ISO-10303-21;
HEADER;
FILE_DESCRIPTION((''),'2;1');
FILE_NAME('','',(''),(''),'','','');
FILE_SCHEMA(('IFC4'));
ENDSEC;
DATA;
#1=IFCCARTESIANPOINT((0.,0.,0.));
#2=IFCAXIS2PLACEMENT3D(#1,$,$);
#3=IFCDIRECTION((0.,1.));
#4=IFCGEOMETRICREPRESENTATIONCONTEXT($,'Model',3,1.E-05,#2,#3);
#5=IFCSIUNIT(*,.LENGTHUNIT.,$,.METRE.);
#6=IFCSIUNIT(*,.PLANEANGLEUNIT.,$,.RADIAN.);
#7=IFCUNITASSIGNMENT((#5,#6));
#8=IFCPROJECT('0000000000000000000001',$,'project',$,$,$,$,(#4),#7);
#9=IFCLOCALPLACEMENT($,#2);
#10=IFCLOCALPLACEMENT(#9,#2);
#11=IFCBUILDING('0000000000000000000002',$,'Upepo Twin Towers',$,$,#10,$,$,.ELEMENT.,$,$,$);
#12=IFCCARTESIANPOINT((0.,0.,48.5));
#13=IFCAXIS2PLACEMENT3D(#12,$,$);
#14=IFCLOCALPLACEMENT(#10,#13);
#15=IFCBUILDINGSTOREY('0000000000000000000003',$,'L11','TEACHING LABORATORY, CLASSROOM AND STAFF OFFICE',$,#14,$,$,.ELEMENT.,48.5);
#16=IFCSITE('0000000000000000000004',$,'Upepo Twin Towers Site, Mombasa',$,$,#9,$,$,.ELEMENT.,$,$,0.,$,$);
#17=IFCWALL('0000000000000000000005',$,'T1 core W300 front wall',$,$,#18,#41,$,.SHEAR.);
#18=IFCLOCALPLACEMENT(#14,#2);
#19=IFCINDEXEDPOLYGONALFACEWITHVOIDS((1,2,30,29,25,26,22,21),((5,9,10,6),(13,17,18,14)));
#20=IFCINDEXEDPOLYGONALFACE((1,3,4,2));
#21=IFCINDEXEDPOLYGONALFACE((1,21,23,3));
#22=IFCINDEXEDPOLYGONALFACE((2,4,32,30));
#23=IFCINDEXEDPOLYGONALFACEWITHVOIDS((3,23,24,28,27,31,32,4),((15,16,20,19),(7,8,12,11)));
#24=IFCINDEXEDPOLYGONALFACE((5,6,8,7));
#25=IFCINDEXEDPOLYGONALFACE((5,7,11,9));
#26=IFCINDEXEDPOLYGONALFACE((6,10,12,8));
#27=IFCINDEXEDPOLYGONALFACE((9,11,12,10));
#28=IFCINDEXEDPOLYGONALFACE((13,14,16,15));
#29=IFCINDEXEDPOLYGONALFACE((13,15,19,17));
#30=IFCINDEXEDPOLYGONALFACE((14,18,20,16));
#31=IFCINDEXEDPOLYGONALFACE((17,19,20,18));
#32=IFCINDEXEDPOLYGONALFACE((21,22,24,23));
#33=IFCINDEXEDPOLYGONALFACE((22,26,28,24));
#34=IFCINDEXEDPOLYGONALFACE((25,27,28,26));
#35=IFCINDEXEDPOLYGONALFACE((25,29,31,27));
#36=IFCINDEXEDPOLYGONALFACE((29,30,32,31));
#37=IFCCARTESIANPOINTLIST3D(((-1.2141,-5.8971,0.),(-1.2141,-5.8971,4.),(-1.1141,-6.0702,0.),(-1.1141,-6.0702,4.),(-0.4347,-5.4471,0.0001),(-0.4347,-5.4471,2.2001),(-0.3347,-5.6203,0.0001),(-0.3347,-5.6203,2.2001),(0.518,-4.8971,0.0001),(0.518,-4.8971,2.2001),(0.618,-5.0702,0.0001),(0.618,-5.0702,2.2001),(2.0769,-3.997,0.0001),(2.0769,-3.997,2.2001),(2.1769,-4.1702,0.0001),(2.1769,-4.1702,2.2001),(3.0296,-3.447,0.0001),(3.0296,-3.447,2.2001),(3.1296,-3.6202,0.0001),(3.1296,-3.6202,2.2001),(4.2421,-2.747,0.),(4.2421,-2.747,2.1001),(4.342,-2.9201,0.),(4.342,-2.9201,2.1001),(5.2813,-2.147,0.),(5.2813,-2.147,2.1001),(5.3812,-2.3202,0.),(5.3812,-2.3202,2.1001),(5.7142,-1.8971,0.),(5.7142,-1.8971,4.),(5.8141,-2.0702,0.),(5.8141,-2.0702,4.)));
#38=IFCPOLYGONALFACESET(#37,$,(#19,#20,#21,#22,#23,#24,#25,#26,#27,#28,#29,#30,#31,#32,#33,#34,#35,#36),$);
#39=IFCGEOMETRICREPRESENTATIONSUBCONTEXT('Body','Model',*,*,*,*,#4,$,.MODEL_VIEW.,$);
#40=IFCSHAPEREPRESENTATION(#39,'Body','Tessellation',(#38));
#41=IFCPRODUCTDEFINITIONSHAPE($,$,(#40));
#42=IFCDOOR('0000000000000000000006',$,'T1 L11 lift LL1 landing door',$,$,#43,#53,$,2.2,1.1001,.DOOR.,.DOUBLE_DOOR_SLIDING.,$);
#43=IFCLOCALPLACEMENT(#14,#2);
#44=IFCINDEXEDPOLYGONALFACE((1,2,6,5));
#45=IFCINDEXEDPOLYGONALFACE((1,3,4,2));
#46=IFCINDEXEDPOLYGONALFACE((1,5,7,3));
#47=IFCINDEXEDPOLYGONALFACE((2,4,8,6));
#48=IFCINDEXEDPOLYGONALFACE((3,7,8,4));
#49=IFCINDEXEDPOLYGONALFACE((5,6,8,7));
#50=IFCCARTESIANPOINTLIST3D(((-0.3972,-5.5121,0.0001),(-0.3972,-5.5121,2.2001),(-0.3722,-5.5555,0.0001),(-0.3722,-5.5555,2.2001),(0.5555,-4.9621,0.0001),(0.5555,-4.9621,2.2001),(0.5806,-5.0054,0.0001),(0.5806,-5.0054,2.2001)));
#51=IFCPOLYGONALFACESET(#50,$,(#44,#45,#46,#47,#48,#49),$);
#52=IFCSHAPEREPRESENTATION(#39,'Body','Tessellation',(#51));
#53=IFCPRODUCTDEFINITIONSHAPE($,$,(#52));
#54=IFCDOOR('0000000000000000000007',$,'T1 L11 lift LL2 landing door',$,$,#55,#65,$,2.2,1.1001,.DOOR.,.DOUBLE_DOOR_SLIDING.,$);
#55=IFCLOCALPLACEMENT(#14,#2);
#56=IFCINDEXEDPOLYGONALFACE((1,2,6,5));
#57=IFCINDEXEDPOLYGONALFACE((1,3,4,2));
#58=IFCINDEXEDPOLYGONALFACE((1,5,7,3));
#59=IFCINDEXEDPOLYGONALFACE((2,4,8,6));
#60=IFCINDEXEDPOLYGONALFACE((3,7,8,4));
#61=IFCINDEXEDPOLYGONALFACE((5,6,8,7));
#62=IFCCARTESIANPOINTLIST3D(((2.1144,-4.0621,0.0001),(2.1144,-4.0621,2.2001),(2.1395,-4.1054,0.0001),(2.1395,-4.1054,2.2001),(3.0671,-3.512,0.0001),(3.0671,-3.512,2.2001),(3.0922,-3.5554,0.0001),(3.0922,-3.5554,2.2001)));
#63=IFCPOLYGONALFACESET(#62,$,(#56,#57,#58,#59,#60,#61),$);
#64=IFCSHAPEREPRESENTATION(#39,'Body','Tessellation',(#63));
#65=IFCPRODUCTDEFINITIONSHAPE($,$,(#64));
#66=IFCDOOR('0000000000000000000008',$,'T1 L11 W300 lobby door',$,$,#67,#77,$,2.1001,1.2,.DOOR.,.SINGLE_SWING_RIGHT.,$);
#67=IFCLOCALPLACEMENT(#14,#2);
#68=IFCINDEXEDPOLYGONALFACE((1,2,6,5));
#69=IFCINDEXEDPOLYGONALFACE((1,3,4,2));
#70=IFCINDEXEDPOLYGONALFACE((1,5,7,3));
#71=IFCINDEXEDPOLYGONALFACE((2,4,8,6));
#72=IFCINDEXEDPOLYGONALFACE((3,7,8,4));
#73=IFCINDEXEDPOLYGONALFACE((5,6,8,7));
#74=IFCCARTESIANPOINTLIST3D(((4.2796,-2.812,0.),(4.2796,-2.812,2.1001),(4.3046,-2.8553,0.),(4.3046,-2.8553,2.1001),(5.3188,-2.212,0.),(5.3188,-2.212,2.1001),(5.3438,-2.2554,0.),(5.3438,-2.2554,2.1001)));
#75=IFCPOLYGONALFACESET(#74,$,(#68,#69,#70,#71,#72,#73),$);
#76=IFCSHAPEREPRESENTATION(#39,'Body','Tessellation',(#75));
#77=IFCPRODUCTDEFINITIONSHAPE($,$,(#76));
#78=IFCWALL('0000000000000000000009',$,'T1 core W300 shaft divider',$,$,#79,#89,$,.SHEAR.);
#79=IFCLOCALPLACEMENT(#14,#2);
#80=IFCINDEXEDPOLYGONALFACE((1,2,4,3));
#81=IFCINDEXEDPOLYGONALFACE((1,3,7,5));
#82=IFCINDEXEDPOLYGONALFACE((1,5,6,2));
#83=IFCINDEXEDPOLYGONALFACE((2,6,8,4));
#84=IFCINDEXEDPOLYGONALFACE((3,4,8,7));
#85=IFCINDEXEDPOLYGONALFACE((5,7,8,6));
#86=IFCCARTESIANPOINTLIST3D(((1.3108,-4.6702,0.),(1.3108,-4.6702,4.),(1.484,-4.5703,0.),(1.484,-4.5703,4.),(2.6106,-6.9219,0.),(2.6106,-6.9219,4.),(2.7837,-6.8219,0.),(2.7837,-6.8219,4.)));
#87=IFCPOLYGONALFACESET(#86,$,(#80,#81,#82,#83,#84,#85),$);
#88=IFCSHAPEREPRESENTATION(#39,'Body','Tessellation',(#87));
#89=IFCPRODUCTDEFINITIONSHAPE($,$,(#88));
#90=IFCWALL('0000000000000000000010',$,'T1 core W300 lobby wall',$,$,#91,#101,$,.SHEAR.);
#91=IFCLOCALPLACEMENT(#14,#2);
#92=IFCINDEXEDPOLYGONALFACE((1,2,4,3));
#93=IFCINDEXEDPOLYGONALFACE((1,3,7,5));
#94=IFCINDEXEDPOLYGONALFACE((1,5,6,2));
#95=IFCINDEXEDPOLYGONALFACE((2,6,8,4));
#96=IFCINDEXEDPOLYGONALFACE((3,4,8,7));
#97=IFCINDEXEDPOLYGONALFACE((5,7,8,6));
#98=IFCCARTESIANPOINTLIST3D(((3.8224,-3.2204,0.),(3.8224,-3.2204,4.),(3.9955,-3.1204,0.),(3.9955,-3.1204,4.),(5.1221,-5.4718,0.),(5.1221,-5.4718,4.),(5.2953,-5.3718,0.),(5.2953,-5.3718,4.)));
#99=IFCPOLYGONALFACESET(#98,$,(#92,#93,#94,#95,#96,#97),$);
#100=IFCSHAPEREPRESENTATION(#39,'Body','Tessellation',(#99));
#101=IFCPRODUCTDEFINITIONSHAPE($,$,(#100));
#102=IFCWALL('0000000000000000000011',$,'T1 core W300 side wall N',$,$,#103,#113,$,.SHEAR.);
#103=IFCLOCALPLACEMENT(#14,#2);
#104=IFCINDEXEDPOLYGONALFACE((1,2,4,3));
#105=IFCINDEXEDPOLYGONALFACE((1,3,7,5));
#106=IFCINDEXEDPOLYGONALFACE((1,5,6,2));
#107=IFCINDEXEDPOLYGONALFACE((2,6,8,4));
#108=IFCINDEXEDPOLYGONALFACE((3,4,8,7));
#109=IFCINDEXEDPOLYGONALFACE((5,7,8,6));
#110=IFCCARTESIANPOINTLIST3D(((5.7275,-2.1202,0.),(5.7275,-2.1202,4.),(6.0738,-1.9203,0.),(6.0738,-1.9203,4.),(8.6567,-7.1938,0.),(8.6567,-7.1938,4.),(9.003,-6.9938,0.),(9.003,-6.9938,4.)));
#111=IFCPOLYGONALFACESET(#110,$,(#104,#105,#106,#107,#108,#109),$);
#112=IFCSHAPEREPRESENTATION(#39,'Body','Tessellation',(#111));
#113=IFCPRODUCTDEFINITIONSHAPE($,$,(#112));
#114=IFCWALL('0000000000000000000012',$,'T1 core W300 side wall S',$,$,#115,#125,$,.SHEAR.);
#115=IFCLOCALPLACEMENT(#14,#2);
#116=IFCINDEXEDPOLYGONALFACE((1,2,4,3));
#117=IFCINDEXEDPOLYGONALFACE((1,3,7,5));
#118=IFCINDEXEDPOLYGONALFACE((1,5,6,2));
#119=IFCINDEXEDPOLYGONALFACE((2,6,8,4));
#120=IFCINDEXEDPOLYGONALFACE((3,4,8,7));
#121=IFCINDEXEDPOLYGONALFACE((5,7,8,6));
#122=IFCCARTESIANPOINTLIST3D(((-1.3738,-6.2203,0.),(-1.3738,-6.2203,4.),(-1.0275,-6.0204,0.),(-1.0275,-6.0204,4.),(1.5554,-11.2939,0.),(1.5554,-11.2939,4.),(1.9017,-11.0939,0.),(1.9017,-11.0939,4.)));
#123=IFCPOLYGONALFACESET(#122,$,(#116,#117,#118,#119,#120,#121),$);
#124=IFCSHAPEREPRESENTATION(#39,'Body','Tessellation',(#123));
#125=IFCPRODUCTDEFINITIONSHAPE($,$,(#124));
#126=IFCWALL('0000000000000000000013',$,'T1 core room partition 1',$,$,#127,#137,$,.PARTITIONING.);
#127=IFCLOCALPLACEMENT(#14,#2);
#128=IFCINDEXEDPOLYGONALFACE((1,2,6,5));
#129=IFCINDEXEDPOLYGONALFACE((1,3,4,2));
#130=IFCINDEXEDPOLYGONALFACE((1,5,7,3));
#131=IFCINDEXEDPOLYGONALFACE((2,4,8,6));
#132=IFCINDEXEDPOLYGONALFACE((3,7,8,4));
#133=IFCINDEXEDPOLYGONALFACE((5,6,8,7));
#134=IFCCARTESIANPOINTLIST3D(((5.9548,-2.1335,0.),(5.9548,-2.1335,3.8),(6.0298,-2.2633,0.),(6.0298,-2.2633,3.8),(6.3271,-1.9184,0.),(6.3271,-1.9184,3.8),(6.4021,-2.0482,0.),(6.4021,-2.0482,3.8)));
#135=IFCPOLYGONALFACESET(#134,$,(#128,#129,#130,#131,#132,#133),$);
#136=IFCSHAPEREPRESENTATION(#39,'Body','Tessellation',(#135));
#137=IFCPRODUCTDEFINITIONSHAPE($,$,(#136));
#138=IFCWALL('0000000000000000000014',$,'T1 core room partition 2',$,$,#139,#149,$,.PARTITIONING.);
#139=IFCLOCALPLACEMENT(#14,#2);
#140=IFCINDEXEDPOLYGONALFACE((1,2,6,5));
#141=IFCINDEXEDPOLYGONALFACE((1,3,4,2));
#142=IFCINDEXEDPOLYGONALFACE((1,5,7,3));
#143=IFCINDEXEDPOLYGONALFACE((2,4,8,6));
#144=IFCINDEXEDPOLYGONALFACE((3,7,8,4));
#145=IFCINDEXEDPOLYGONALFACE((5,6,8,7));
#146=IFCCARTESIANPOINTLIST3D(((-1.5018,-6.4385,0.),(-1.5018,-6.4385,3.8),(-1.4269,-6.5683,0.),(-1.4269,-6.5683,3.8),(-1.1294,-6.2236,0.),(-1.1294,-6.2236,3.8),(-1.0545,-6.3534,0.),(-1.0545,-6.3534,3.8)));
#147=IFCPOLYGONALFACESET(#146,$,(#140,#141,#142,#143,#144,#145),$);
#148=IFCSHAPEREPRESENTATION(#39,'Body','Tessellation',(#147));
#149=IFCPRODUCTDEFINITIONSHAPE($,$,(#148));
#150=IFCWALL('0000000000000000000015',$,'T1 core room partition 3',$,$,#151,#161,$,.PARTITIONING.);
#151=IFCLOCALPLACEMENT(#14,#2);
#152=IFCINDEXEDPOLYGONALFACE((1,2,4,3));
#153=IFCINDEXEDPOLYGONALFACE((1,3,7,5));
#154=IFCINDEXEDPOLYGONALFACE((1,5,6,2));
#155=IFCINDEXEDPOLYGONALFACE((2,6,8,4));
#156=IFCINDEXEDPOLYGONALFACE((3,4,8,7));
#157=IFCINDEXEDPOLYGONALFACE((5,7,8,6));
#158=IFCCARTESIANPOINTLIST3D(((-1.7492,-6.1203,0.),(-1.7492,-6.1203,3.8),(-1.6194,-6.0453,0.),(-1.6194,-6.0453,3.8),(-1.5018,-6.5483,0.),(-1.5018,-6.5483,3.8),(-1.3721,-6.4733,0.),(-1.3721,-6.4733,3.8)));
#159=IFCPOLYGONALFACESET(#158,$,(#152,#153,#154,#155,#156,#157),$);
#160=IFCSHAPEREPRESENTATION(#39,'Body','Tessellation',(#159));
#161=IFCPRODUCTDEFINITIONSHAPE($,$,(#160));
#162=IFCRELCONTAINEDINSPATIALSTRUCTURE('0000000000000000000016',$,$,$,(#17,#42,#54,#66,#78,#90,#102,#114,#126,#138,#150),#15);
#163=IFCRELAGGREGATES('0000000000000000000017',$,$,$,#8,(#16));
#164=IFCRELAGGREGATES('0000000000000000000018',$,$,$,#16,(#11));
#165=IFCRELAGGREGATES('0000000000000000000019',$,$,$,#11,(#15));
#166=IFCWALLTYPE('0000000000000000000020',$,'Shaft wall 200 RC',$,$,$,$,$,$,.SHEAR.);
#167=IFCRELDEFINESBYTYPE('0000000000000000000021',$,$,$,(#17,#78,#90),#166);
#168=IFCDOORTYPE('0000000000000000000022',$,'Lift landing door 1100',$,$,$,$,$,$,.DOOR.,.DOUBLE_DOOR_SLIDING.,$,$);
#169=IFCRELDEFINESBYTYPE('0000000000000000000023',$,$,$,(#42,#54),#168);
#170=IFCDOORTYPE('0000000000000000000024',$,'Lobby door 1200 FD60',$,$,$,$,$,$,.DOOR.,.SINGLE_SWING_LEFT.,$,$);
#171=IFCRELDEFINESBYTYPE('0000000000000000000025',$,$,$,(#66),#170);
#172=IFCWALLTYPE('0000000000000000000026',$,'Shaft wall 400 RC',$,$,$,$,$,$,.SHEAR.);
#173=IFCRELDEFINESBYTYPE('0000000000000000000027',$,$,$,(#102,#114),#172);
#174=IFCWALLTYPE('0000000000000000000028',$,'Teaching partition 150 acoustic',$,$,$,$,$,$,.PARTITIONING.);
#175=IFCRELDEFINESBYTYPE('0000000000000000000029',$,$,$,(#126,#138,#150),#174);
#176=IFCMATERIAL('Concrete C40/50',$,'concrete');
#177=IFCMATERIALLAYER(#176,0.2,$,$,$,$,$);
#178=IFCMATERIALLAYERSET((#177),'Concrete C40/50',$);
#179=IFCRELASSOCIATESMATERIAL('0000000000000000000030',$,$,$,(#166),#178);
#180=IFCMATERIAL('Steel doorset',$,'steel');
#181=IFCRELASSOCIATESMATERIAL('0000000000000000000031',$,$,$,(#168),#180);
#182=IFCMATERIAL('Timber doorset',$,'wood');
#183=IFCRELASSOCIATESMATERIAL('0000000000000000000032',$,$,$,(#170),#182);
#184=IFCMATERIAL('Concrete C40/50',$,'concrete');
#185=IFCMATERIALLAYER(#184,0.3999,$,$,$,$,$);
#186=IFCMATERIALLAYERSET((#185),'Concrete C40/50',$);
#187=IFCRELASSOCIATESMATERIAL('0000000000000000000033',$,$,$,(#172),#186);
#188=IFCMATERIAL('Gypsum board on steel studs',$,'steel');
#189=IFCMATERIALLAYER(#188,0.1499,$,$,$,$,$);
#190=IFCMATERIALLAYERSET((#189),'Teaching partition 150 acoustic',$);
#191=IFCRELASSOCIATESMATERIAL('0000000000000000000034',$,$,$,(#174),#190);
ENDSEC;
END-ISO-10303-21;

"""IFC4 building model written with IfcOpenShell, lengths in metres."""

from ifc_helpers import new_model, si_unit, direction, frame, frame_2d, origin, place, context, subcontext, project, spatial, rectangle, extrude, material, layer, layer_set, type_object, element, fill, save


model = new_model("IFC4")

# Units and contexts
model_context = context("Model", 3, precision=1e-05, world=origin(), true_north=direction((0.0, 1.0)))
body_context = subcontext(model_context, "Body", "Model", "MODEL_VIEW")
ifc_project = project(units=[si_unit("LENGTHUNIT", "METRE"), si_unit("PLANEANGLEUNIT", "RADIAN")], contexts=[model_context])

# Site, building, storey
site_placement = place(None, origin())
site = spatial("IfcSite", under=ifc_project, at=site_placement, Name="Upepo Twin Towers Site, Mombasa", CompositionType="ELEMENT", RefElevation=0.0)
building_placement = place(site_placement, origin())
building = spatial("IfcBuilding", under=site, at=building_placement, Name="Upepo Twin Towers", CompositionType="ELEMENT")
storey_placement = place(building_placement, frame((0.0, 0.0, 48.5)))
storey = spatial("IfcBuildingStorey", under=building, at=storey_placement, Name="L11", Description="TEACHING LABORATORY, CLASSROOM AND STAFF OFFICE", CompositionType="ELEMENT", Elevation=48.5)

# Wall, openings, doors
ifc_material_1 = material(Name="Concrete C40/50", Category="concrete")
ifc_layer_1 = layer(ifc_material_1, 0.2)
ifc_layer_set_1 = layer_set([ifc_layer_1], Name="Concrete C40/50")
wall_type_1 = type_object("IfcWallType", Name="Shaft wall 200 RC", PredefinedType="SHEAR", material=ifc_layer_set_1)
wall_1_placement = place(storey_placement, frame((-1.1641, -5.9836, 0.0), z_axis=(0.0, 0.0, 1.0), x_axis=(0.866026, 0.499999, 0.0)))
wall_1 = element("IfcWall", 1, at=wall_1_placement, inside=storey, type_object=wall_type_1, Name="T1 core W300 front wall", PredefinedType="SHEAR", context=body_context, shape_type="SweptSolid", body=[
    extrude(rectangle(XDim=8.0, YDim=0.2, at=frame_2d((4.0, 0.0))), origin(), (0.0, 0.0, 1.0), 4.0),
])
opening_1_placement = place(wall_1_placement, frame((6.3, 0.0, 0.0)))
opening_1 = element("IfcOpeningElement", 2, at=opening_1_placement, cuts=wall_1, PredefinedType="OPENING", context=body_context, shape_type="SweptSolid", body=[
    extrude(rectangle(XDim=1.2, YDim=2.1001, at=frame_2d((0.6001, 1.05))), frame((0.0, 0.1099, 0.0), z_axis=(0.0, -1.0, 0.0), x_axis=(1.0, 0.0, 0.0)), (0.0, 0.0, 1.0), 0.22),
])
opening_2_placement = place(wall_1_placement, frame((0.8999, 0.0, 0.0)))
opening_2 = element("IfcOpeningElement", 3, at=opening_2_placement, cuts=wall_1, PredefinedType="OPENING", context=body_context, shape_type="SweptSolid", body=[
    extrude(rectangle(XDim=1.1001, YDim=2.2, at=frame_2d((0.55, 1.1001))), frame((0.0, 0.1099, 0.0), z_axis=(0.0, -1.0, 0.0), x_axis=(1.0, 0.0, 0.0)), (0.0, 0.0, 1.0), 0.22),
])
opening_3_placement = place(wall_1_placement, frame((3.8, 0.0, 0.0)))
opening_3 = element("IfcOpeningElement", 4, at=opening_3_placement, cuts=wall_1, PredefinedType="OPENING", context=body_context, shape_type="SweptSolid", body=[
    extrude(rectangle(XDim=1.1001, YDim=2.2, at=frame_2d((0.55, 1.1001))), frame((0.0, 0.1099, 0.0), z_axis=(0.0, -1.0, 0.0), x_axis=(1.0, 0.0, 0.0)), (0.0, 0.0, 1.0), 0.22),
])
ifc_material_2 = material(Name="Steel doorset", Category="steel")
door_type_1 = type_object("IfcDoorType", Name="Lift landing door 1100", OperationType="DOUBLE_DOOR_SLIDING", PredefinedType="DOOR", material=ifc_material_2)
door_1_placement = place(opening_2_placement, origin())
door_1 = element("IfcDoor", 5, at=door_1_placement, inside=storey, type_object=door_type_1, Name="T1 L11 lift LL1 landing door", OperationType="DOUBLE_DOOR_SLIDING", OverallHeight=2.2, OverallWidth=1.1001, PredefinedType="DOOR", context=body_context, shape_type="SweptSolid", body=[
    extrude(rectangle(XDim=1.1001, YDim=2.2, at=frame_2d((0.55, 1.1001))), frame((0.0, 0.0249, 0.0), z_axis=(0.0, -1.0, 0.0), x_axis=(1.0, 0.0, 0.0)), (0.0, 0.0, 1.0), 0.05),
])
fill(opening_2, door_1)
door_2_placement = place(opening_3_placement, origin())
door_2 = element("IfcDoor", 6, at=door_2_placement, inside=storey, type_object=door_type_1, Name="T1 L11 lift LL2 landing door", OperationType="DOUBLE_DOOR_SLIDING", OverallHeight=2.2, OverallWidth=1.1001, PredefinedType="DOOR", context=body_context, shape_type="SweptSolid", body=[
    extrude(rectangle(XDim=1.1001, YDim=2.2, at=frame_2d((0.55, 1.1001))), frame((0.0, 0.0249, 0.0), z_axis=(0.0, -1.0, 0.0), x_axis=(1.0, 0.0, 0.0)), (0.0, 0.0, 1.0), 0.05),
])
fill(opening_3, door_2)
ifc_material_3 = material(Name="Timber doorset", Category="wood")
door_type_2 = type_object("IfcDoorType", Name="Lobby door 1200 FD60", OperationType="SINGLE_SWING_LEFT", PredefinedType="DOOR", material=ifc_material_3)
door_3_placement = place(opening_1_placement, origin())
door_3 = element("IfcDoor", 7, at=door_3_placement, inside=storey, type_object=door_type_2, Name="T1 L11 W300 lobby door", OperationType="SINGLE_SWING_RIGHT", OverallHeight=2.1001, OverallWidth=1.2, PredefinedType="DOOR", context=body_context, shape_type="SweptSolid", body=[
    extrude(rectangle(XDim=1.2, YDim=2.1001, at=frame_2d((0.6001, 1.05))), frame((0.0, 0.0249, 0.0), z_axis=(0.0, -1.0, 0.0), x_axis=(1.0, 0.0, 0.0)), (0.0, 0.0, 1.0), 0.05),
])
fill(opening_1, door_3)

# Walls
wall_2_placement = place(storey_placement, frame((1.3975, -4.6204, 0.0), z_axis=(0.0, 0.0, 1.0), x_axis=(0.499937, -0.866062, 0.0)))
element("IfcWall", 8, at=wall_2_placement, inside=storey, type_object=wall_type_1, Name="T1 core W300 shaft divider", PredefinedType="SHEAR", context=body_context, shape_type="SweptSolid", body=[
    extrude(rectangle(XDim=2.5999, YDim=0.2, at=frame_2d((1.2998, 0.0))), origin(), (0.0, 0.0, 1.0), 4.0),
])
wall_3_placement = place(storey_placement, frame((3.9089, -3.1704, 0.0), z_axis=(0.0, 0.0, 1.0), x_axis=(0.499977, -0.866039, 0.0)))
element("IfcWall", 9, at=wall_3_placement, inside=storey, type_object=wall_type_1, Name="T1 core W300 lobby wall", PredefinedType="SHEAR", context=body_context, shape_type="SweptSolid", body=[
    extrude(rectangle(XDim=2.5996, YDim=0.2, at=frame_2d((1.2998, 0.0))), origin(), (0.0, 0.0, 1.0), 4.0),
])
ifc_material_4 = material(Name="Concrete C40/50", Category="concrete")
ifc_layer_2 = layer(ifc_material_4, 0.3999)
ifc_layer_set_2 = layer_set([ifc_layer_2], Name="Concrete C40/50")
wall_type_2 = type_object("IfcWallType", Name="Shaft wall 400 RC", PredefinedType="SHEAR", material=ifc_layer_set_2)
for number, where, z_axis, x_axis, name in (
    (10, (5.9006, -2.0203, 0.0), (0.0, 0.0, 1.0), (0.500003, -0.866024, 0.0), "T1 core W300 side wall N"),
    (11, (-1.2007, -6.1204, 0.0), (0.0, 0.0, 1.0), (0.500003, -0.866024, 0.0), "T1 core W300 side wall S"),
):
    element("IfcWall", number, at=place(storey_placement, frame(where, z_axis=z_axis, x_axis=x_axis)), inside=storey, type_object=wall_type_2, Name=name, PredefinedType="SHEAR", context=body_context, shape_type="SweptSolid", body=[
        extrude(rectangle(XDim=5.8584, YDim=0.3999, at=frame_2d((2.9292, 0.0))), origin(), (0.0, 0.0, 1.0), 4.0),
    ])
ifc_material_5 = material(Name="Gypsum board on steel studs", Category="steel")
ifc_layer_3 = layer(ifc_material_5, 0.1499)
ifc_layer_set_3 = layer_set([ifc_layer_3], Name="Teaching partition 150 acoustic")
wall_type_3 = type_object("IfcWallType", Name="Teaching partition 150 acoustic", PredefinedType="PARTITIONING", material=ifc_layer_set_3)
for number, where, z_axis, x_axis, name in (
    (12, (6.3645, -1.9834, 0.0), (0.0, 0.0, 1.0), (-0.865892, -0.50023, 0.0), "T1 core room partition 1"),
    (13, (-1.092, -6.2886, 0.0), (0.0, 0.0, 1.0), (-0.866138, -0.499804, 0.0), "T1 core room partition 2"),
):
    element("IfcWall", number, at=place(storey_placement, frame(where, z_axis=z_axis, x_axis=x_axis)), inside=storey, type_object=wall_type_3, Name=name, PredefinedType="PARTITIONING", context=body_context, shape_type="SweptSolid", body=[
        extrude(rectangle(XDim=0.4299, YDim=0.1499, at=frame_2d((0.2148, 0.0))), origin(), (0.0, 0.0, 1.0), 3.8),
    ])
wall_4_placement = place(storey_placement, frame((-1.437, -6.5107, 0.0), z_axis=(0.0, 0.0, 1.0), x_axis=(-0.500335, 0.865832, 0.0)))
element("IfcWall", 14, at=wall_4_placement, inside=storey, type_object=wall_type_3, Name="T1 core room partition 3", PredefinedType="PARTITIONING", context=body_context, shape_type="SweptSolid", body=[
    extrude(rectangle(XDim=0.4944, YDim=0.1499, at=frame_2d((0.2471, 0.0))), origin(), (0.0, 0.0, 1.0), 3.8),
])

save(model, "model.ifc")
